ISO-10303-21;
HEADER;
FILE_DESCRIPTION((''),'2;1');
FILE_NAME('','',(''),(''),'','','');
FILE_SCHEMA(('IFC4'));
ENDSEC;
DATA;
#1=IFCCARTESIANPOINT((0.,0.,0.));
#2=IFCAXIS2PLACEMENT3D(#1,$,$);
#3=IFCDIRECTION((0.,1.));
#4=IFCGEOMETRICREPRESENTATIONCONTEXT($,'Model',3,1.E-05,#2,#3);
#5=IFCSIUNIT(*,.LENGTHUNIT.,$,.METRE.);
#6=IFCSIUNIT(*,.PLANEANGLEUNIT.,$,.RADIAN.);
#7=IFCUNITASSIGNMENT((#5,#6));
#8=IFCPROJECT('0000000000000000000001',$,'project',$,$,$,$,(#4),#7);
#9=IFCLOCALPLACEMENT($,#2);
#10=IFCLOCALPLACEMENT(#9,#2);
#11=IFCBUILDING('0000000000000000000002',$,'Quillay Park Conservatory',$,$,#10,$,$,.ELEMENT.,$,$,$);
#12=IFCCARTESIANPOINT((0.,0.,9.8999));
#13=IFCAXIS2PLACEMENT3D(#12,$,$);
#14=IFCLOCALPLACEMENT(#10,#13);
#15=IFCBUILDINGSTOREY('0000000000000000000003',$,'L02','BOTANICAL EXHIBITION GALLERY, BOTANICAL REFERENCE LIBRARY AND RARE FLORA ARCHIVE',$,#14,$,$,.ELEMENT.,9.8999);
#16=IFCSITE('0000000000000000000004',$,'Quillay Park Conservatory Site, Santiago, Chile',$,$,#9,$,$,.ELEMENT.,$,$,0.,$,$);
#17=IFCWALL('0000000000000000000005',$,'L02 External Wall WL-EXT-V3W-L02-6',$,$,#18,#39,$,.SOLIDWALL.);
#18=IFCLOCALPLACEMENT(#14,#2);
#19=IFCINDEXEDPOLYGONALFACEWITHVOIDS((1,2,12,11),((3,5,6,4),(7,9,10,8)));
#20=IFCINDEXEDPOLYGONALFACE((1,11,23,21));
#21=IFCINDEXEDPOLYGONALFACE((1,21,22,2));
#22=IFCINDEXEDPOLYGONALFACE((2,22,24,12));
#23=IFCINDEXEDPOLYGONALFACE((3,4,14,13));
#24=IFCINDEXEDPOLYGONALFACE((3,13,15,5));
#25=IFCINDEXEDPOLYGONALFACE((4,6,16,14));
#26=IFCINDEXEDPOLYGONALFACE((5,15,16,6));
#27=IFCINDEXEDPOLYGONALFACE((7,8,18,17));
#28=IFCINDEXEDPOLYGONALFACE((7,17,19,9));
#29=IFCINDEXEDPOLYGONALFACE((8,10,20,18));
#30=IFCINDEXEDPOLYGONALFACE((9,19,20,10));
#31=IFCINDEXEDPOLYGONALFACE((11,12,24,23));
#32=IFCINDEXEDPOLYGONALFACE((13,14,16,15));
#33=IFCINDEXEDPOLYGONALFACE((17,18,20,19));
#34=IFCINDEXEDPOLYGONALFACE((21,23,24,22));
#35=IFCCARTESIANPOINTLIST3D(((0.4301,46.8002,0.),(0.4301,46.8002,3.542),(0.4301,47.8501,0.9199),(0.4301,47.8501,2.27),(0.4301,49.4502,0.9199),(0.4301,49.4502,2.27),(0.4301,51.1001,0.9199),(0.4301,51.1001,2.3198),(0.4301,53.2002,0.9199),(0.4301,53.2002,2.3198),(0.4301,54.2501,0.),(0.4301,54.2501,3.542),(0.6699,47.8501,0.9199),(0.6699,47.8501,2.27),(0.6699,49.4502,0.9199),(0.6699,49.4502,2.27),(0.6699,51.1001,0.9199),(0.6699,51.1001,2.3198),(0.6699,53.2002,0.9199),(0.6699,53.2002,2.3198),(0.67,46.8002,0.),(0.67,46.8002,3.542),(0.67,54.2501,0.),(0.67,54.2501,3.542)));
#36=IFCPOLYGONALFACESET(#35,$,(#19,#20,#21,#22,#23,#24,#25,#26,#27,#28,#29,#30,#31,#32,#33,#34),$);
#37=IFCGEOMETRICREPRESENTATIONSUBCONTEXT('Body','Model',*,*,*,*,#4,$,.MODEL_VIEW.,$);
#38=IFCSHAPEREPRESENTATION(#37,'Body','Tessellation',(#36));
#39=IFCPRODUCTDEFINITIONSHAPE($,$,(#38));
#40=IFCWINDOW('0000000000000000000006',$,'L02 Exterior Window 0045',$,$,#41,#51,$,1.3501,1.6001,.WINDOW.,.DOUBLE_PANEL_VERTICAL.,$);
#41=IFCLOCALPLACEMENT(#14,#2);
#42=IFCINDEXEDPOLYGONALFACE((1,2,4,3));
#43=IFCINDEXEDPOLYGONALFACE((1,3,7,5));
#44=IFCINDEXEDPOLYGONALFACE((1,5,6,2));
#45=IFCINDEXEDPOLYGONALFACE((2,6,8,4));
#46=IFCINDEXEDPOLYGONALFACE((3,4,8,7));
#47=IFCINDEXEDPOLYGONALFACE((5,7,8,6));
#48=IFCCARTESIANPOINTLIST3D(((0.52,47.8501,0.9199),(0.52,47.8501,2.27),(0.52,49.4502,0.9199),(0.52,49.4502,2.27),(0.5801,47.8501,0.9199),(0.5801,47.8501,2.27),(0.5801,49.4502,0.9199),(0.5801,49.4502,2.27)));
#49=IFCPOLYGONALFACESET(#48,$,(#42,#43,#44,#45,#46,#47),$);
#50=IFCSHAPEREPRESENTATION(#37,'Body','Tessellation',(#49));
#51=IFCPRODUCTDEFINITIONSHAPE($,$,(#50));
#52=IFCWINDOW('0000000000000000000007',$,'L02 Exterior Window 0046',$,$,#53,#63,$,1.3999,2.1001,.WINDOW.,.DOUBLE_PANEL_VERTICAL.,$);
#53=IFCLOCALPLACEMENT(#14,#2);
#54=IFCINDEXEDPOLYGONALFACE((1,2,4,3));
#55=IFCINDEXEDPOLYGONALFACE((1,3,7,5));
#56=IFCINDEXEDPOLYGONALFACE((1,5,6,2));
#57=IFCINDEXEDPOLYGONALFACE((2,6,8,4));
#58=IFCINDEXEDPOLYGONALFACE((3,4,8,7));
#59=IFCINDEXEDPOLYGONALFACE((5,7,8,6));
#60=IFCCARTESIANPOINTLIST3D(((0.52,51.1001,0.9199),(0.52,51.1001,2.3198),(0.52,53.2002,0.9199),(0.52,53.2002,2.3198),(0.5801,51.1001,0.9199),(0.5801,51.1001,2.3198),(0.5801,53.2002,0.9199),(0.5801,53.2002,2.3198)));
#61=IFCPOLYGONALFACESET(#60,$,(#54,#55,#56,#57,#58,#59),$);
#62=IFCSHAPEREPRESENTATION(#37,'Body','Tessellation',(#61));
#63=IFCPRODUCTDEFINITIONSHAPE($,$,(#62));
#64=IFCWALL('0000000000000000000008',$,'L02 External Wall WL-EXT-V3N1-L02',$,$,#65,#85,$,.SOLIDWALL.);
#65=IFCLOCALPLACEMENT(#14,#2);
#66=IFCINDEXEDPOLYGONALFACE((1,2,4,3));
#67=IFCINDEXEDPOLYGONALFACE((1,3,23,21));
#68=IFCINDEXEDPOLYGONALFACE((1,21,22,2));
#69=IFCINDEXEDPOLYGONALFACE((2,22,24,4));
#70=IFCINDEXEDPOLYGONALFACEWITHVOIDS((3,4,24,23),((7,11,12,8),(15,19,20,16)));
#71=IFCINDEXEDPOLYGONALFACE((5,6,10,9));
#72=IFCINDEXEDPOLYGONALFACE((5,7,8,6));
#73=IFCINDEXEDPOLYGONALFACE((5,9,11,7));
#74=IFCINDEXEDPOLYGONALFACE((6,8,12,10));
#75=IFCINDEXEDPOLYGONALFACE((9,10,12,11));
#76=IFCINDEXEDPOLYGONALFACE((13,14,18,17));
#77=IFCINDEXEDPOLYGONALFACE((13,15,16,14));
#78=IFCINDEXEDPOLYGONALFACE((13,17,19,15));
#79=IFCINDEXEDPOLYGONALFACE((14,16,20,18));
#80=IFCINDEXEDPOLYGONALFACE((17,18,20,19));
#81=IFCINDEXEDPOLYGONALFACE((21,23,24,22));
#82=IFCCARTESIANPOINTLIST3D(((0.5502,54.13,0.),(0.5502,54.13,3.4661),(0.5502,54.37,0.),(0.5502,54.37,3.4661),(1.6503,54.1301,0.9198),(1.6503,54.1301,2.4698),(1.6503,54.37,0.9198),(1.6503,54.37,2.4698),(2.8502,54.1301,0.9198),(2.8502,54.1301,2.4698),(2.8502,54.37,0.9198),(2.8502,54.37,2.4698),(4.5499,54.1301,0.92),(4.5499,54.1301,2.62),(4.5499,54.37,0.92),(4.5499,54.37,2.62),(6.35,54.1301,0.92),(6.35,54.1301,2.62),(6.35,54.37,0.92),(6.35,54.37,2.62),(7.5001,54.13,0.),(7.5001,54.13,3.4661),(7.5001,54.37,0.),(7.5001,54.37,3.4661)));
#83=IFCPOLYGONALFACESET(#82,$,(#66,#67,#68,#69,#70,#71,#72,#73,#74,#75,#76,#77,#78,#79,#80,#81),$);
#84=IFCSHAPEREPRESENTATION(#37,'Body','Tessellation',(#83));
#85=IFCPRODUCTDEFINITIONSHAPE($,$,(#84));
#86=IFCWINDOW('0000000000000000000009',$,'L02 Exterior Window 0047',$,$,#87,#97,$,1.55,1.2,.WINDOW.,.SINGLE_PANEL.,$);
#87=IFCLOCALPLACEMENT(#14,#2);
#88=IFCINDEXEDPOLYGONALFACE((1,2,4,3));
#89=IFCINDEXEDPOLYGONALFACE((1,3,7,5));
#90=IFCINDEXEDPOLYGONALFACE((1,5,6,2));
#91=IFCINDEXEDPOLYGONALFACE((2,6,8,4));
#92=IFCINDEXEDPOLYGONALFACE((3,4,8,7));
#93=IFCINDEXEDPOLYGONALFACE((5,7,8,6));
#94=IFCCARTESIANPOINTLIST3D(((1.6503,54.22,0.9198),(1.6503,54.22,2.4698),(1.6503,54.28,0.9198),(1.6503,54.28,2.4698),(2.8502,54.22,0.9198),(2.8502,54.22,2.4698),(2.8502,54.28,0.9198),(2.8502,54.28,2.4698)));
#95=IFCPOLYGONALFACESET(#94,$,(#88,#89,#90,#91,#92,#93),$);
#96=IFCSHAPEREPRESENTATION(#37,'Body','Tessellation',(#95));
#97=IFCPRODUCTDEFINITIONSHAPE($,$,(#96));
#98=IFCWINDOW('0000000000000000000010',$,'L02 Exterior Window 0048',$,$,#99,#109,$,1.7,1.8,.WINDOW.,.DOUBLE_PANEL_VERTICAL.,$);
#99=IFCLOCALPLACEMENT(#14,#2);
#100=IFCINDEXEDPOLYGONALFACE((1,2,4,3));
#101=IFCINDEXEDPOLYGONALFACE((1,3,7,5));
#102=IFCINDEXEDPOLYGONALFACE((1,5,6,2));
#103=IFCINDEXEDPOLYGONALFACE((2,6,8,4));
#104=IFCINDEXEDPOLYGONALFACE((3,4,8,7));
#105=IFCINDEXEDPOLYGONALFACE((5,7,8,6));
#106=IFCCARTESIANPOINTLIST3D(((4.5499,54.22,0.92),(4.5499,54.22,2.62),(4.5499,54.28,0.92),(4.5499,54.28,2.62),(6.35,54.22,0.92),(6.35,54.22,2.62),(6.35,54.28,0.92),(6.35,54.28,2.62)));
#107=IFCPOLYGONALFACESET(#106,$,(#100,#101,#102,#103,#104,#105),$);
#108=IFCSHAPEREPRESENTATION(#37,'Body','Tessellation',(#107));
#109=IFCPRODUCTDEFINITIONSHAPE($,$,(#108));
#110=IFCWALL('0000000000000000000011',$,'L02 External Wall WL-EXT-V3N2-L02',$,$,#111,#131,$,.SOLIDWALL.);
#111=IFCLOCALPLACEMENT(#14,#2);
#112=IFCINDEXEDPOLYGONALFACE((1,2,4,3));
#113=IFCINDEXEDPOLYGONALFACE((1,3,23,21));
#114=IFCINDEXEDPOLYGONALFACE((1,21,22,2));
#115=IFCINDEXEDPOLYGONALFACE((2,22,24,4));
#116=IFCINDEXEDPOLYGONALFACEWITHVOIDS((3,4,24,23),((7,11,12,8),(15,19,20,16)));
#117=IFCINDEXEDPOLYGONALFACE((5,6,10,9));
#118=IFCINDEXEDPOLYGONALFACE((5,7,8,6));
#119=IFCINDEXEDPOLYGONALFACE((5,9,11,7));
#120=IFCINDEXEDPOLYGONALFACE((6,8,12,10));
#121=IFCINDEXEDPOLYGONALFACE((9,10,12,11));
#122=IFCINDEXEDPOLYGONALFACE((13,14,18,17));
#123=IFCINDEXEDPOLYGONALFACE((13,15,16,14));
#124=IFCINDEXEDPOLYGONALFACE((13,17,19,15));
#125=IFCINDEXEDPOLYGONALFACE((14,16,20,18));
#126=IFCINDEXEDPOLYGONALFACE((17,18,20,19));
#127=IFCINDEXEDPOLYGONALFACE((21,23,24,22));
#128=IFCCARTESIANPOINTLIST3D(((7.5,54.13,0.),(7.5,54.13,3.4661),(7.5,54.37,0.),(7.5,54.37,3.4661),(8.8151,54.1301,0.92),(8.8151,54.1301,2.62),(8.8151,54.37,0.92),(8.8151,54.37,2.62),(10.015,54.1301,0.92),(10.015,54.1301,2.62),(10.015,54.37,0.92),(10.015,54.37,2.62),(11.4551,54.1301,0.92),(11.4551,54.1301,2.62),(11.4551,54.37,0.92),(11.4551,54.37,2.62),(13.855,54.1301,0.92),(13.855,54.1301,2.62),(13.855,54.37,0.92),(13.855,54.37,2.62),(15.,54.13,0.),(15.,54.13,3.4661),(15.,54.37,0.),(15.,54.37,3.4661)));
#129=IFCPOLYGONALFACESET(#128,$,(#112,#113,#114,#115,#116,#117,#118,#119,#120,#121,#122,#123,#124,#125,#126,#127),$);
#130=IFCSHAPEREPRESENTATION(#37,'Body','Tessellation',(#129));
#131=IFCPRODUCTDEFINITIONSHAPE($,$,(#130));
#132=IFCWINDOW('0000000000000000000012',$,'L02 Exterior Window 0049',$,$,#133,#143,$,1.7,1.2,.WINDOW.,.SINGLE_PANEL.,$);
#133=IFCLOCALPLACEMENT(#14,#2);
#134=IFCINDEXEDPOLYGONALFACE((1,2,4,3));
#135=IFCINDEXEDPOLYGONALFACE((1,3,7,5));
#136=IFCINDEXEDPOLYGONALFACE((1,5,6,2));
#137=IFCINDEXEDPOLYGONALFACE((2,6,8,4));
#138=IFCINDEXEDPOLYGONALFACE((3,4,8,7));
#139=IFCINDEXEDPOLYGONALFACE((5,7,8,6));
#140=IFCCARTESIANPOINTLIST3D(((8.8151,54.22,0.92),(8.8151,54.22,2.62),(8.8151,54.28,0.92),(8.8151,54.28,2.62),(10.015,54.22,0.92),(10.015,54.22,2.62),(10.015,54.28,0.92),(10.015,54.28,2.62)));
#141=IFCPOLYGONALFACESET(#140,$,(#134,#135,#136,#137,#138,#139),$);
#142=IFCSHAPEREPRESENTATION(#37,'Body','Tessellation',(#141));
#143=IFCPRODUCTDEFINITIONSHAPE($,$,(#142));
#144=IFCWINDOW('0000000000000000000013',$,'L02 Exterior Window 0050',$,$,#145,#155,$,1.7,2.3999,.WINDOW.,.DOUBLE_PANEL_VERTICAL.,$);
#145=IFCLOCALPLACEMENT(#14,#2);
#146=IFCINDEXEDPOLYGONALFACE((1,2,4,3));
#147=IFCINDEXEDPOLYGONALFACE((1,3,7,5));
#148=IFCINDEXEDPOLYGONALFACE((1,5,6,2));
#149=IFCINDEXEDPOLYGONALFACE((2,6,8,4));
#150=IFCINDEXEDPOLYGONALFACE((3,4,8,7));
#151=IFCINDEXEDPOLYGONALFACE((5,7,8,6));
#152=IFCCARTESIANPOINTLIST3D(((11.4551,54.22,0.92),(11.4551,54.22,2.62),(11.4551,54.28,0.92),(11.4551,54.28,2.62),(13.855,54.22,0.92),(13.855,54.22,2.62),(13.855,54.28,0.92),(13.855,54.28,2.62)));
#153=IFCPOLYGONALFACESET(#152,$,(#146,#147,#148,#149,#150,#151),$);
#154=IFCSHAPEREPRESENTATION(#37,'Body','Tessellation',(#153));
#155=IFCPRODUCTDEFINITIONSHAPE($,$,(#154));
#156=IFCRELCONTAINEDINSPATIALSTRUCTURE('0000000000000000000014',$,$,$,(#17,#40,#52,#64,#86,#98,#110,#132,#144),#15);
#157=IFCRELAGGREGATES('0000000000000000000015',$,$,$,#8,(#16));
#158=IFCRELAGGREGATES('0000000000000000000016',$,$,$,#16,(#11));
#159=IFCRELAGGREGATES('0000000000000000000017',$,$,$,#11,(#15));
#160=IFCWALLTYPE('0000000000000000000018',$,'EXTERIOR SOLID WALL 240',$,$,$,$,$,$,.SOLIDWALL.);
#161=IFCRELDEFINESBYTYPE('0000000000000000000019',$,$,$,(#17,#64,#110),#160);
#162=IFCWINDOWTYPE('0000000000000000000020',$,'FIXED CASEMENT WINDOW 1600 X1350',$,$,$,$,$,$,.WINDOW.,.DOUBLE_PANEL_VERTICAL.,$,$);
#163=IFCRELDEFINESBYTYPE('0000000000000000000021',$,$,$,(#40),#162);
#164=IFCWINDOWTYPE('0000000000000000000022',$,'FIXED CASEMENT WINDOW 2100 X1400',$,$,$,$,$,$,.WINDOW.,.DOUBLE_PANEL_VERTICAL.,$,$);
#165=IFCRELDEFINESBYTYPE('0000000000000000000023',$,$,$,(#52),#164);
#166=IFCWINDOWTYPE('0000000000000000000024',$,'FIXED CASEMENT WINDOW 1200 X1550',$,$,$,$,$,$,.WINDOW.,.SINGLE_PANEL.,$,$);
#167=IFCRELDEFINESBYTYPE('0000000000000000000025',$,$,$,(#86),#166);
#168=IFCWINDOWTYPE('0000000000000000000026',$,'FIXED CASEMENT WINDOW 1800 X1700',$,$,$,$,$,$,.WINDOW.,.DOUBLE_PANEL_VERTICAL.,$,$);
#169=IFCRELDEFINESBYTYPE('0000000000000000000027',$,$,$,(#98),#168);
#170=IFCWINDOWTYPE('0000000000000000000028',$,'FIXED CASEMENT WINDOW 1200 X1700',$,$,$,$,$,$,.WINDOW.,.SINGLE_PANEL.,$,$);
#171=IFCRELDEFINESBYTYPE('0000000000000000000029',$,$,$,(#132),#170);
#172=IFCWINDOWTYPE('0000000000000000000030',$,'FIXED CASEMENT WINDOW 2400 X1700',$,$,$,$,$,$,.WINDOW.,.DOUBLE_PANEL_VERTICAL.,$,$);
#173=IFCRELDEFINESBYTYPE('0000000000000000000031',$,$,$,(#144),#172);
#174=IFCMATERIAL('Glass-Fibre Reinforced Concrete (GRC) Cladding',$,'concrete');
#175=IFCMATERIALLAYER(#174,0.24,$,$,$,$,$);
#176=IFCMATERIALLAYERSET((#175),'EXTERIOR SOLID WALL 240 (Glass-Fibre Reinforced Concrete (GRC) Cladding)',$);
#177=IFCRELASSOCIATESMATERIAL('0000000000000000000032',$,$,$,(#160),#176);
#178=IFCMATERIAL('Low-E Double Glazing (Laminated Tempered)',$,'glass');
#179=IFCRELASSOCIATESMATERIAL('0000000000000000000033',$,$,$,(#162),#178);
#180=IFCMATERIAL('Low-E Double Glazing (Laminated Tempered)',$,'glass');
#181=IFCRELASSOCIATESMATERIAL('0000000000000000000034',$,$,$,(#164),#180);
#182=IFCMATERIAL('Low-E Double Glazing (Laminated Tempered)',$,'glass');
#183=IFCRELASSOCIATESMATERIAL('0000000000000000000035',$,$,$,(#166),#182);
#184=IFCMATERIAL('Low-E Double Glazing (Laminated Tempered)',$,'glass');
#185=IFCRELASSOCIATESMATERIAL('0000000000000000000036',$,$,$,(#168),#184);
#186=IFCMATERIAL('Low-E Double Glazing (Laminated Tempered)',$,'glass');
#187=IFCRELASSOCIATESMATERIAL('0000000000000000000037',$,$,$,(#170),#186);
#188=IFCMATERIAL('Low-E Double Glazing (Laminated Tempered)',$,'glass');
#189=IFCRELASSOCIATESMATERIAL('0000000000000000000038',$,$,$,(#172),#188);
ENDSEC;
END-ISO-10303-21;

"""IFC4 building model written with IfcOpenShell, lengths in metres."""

from ifc_helpers import new_model, si_unit, direction, frame, frame_2d, origin, place, context, subcontext, project, spatial, rectangle, extrude, material, layer, layer_set, type_object, element, fill, save


model = new_model("IFC4")

# Units and contexts
model_context = context("Model", 3, precision=1e-05, world=origin(), true_north=direction((0.0, 1.0)))
body_context = subcontext(model_context, "Body", "Model", "MODEL_VIEW")
ifc_project = project(units=[si_unit("LENGTHUNIT", "METRE"), si_unit("PLANEANGLEUNIT", "RADIAN")], contexts=[model_context])

# Site, building, storey
site_placement = place(None, origin())
site = spatial("IfcSite", under=ifc_project, at=site_placement, Name="Quillay Park Conservatory Site, Santiago, Chile", CompositionType="ELEMENT", RefElevation=0.0)
building_placement = place(site_placement, origin())
building = spatial("IfcBuilding", under=site, at=building_placement, Name="Quillay Park Conservatory", CompositionType="ELEMENT")
storey_placement = place(building_placement, frame((0.0, 0.0, 9.8999)))
storey = spatial("IfcBuildingStorey", under=building, at=storey_placement, Name="L02", Description="BOTANICAL EXHIBITION GALLERY, BOTANICAL REFERENCE LIBRARY AND RARE FLORA ARCHIVE", CompositionType="ELEMENT", Elevation=9.8999)

# Walls, openings, windows
ifc_material_1 = material(Name="Glass-Fibre Reinforced Concrete (GRC) Cladding", Category="concrete")
ifc_layer = layer(ifc_material_1, 0.24)
ifc_layer_set = layer_set([ifc_layer], Name="EXTERIOR SOLID WALL 240 (Glass-Fibre Reinforced Concrete (GRC) Cladding)")
wall_type = type_object("IfcWallType", Name="EXTERIOR SOLID WALL 240", PredefinedType="SOLIDWALL", material=ifc_layer_set)
wall_1_placement = place(storey_placement, frame((0.55, 46.8, 0.0), z_axis=(0.0, 0.0, 1.0), x_axis=(0.0, 1.0, 0.0)))
wall_1 = element("IfcWall", 1, at=wall_1_placement, inside=storey, type_object=wall_type, Name="L02 External Wall WL-EXT-V3W-L02-6", PredefinedType="SOLIDWALL", context=body_context, shape_type="SweptSolid", body=[
    extrude(rectangle(XDim=7.45, YDim=0.24, at=frame_2d((3.7251, 0.0))), origin(), (0.0, 0.0, 1.0), 3.542),
])
opening_1_placement = place(wall_1_placement, frame((1.05, 0.0, 0.9199)))
opening_1 = element("IfcOpeningElement", 2, at=opening_1_placement, cuts=wall_1, PredefinedType="OPENING", context=body_context, shape_type="SweptSolid", body=[
    extrude(rectangle(XDim=1.6001, YDim=1.3501, at=frame_2d((0.8, 0.675))), frame((0.0, 0.1201, 0.0), z_axis=(0.0, -1.0, 0.0), x_axis=(1.0, 0.0, 0.0)), (0.0, 0.0, 1.0), 0.24),
])
opening_2_placement = place(wall_1_placement, frame((4.3, 0.0, 0.9199)))
opening_2 = element("IfcOpeningElement", 3, at=opening_2_placement, cuts=wall_1, PredefinedType="OPENING", context=body_context, shape_type="SweptSolid", body=[
    extrude(rectangle(XDim=2.1001, YDim=1.3999, at=frame_2d((1.05, 0.7))), frame((0.0, 0.1201, 0.0), z_axis=(0.0, -1.0, 0.0), x_axis=(1.0, 0.0, 0.0)), (0.0, 0.0, 1.0), 0.24),
])
ifc_material_2 = material(Name="Low-E Double Glazing (Laminated Tempered)", Category="glass")
window_type_1 = type_object("IfcWindowType", Name="FIXED CASEMENT WINDOW 1600 X1350", PartitioningType="DOUBLE_PANEL_VERTICAL", PredefinedType="WINDOW", material=ifc_material_2)
window_1_placement = place(opening_1_placement, origin())
window_1 = element("IfcWindow", 4, at=window_1_placement, inside=storey, type_object=window_type_1, Name="L02 Exterior Window 0045", OverallHeight=1.3501, OverallWidth=1.6001, PartitioningType="DOUBLE_PANEL_VERTICAL", PredefinedType="WINDOW", context=body_context, shape_type="SweptSolid", body=[
    extrude(rectangle(XDim=1.6001, YDim=1.3501, at=frame_2d((0.8, 0.675))), frame((0.0, 0.03, 0.0), z_axis=(0.0, -1.0, 0.0), x_axis=(1.0, 0.0, 0.0)), (0.0, 0.0, 1.0), 0.0601),
])
fill(opening_1, window_1)
ifc_material_3 = material(Name="Low-E Double Glazing (Laminated Tempered)", Category="glass")
window_type_2 = type_object("IfcWindowType", Name="FIXED CASEMENT WINDOW 2100 X1400", PartitioningType="DOUBLE_PANEL_VERTICAL", PredefinedType="WINDOW", material=ifc_material_3)
window_2_placement = place(opening_2_placement, origin())
window_2 = element("IfcWindow", 5, at=window_2_placement, inside=storey, type_object=window_type_2, Name="L02 Exterior Window 0046", OverallHeight=1.3999, OverallWidth=2.1001, PartitioningType="DOUBLE_PANEL_VERTICAL", PredefinedType="WINDOW", context=body_context, shape_type="SweptSolid", body=[
    extrude(rectangle(XDim=2.1001, YDim=1.3999, at=frame_2d((1.05, 0.7))), frame((0.0, 0.03, 0.0), z_axis=(0.0, -1.0, 0.0), x_axis=(1.0, 0.0, 0.0)), (0.0, 0.0, 1.0), 0.0601),
])
fill(opening_2, window_2)
wall_2_placement = place(storey_placement, frame((0.55, 54.25, 0.0), z_axis=(0.0, 0.0, 1.0), x_axis=(1.0, 0.0, 0.0)))
wall_2 = element("IfcWall", 6, at=wall_2_placement, inside=storey, type_object=wall_type, Name="L02 External Wall WL-EXT-V3N1-L02", PredefinedType="SOLIDWALL", context=body_context, shape_type="SweptSolid", body=[
    extrude(rectangle(XDim=6.95, YDim=0.24, at=frame_2d((3.4751, 0.0))), origin(), (0.0, 0.0, 1.0), 3.4661),
])
opening_3_placement = place(wall_2_placement, frame((1.1001, 0.0, 0.9199)))
opening_3 = element("IfcOpeningElement", 7, at=opening_3_placement, cuts=wall_2, PredefinedType="OPENING", context=body_context, shape_type="SweptSolid", body=[
    extrude(rectangle(XDim=1.2, YDim=1.55, at=frame_2d((0.6001, 0.7749))), frame((0.0, 0.1201, 0.0), z_axis=(0.0, -1.0, 0.0), x_axis=(1.0, 0.0, 0.0)), (0.0, 0.0, 1.0), 0.24),
])
opening_4_placement = place(wall_2_placement, frame((4.0, 0.0, 0.9199)))
opening_4 = element("IfcOpeningElement", 8, at=opening_4_placement, cuts=wall_2, PredefinedType="OPENING", context=body_context, shape_type="SweptSolid", body=[
    extrude(rectangle(XDim=1.8, YDim=1.7, at=frame_2d((0.8999, 0.8501))), frame((0.0, 0.1201, 0.0), z_axis=(0.0, -1.0, 0.0), x_axis=(1.0, 0.0, 0.0)), (0.0, 0.0, 1.0), 0.24),
])
ifc_material_4 = material(Name="Low-E Double Glazing (Laminated Tempered)", Category="glass")
window_type_3 = type_object("IfcWindowType", Name="FIXED CASEMENT WINDOW 1200 X1550", PartitioningType="SINGLE_PANEL", PredefinedType="WINDOW", material=ifc_material_4)
window_3_placement = place(opening_3_placement, origin())
window_3 = element("IfcWindow", 9, at=window_3_placement, inside=storey, type_object=window_type_3, Name="L02 Exterior Window 0047", OverallHeight=1.55, OverallWidth=1.2, PartitioningType="SINGLE_PANEL", PredefinedType="WINDOW", context=body_context, shape_type="SweptSolid", body=[
    extrude(rectangle(XDim=1.2, YDim=1.55, at=frame_2d((0.6001, 0.7749))), frame((0.0, 0.03, 0.0), z_axis=(0.0, -1.0, 0.0), x_axis=(1.0, 0.0, 0.0)), (0.0, 0.0, 1.0), 0.0601),
])
fill(opening_3, window_3)
ifc_material_5 = material(Name="Low-E Double Glazing (Laminated Tempered)", Category="glass")
window_type_4 = type_object("IfcWindowType", Name="FIXED CASEMENT WINDOW 1800 X1700", PartitioningType="DOUBLE_PANEL_VERTICAL", PredefinedType="WINDOW", material=ifc_material_5)
window_4_placement = place(opening_4_placement, origin())
window_4 = element("IfcWindow", 10, at=window_4_placement, inside=storey, type_object=window_type_4, Name="L02 Exterior Window 0048", OverallHeight=1.7, OverallWidth=1.8, PartitioningType="DOUBLE_PANEL_VERTICAL", PredefinedType="WINDOW", context=body_context, shape_type="SweptSolid", body=[
    extrude(rectangle(XDim=1.8, YDim=1.7, at=frame_2d((0.8999, 0.8501))), frame((0.0, 0.03, 0.0), z_axis=(0.0, -1.0, 0.0), x_axis=(1.0, 0.0, 0.0)), (0.0, 0.0, 1.0), 0.0601),
])
fill(opening_4, window_4)
wall_3_placement = place(storey_placement, frame((7.5, 54.25, 0.0), z_axis=(0.0, 0.0, 1.0), x_axis=(1.0, 0.0, 0.0)))
wall_3 = element("IfcWall", 11, at=wall_3_placement, inside=storey, type_object=wall_type, Name="L02 External Wall WL-EXT-V3N2-L02", PredefinedType="SOLIDWALL", context=body_context, shape_type="SweptSolid", body=[
    extrude(rectangle(XDim=7.5, YDim=0.24, at=frame_2d((3.75, 0.0))), origin(), (0.0, 0.0, 1.0), 3.4661),
])
opening_5_placement = place(wall_3_placement, frame((1.3149, 0.0, 0.9199)))
opening_5 = element("IfcOpeningElement", 12, at=opening_5_placement, cuts=wall_3, PredefinedType="OPENING", context=body_context, shape_type="SweptSolid", body=[
    extrude(rectangle(XDim=1.2, YDim=1.7, at=frame_2d((0.6001, 0.8501))), frame((0.0, 0.1201, 0.0), z_axis=(0.0, -1.0, 0.0), x_axis=(1.0, 0.0, 0.0)), (0.0, 0.0, 1.0), 0.24),
])
opening_6_placement = place(wall_3_placement, frame((3.9551, 0.0, 0.9199)))
opening_6 = element("IfcOpeningElement", 13, at=opening_6_placement, cuts=wall_3, PredefinedType="OPENING", context=body_context, shape_type="SweptSolid", body=[
    extrude(rectangle(XDim=2.3999, YDim=1.7, at=frame_2d((1.2, 0.8501))), frame((0.0, 0.1201, 0.0), z_axis=(0.0, -1.0, 0.0), x_axis=(1.0, 0.0, 0.0)), (0.0, 0.0, 1.0), 0.24),
])
ifc_material_6 = material(Name="Low-E Double Glazing (Laminated Tempered)", Category="glass")
window_type_5 = type_object("IfcWindowType", Name="FIXED CASEMENT WINDOW 1200 X1700", PartitioningType="SINGLE_PANEL", PredefinedType="WINDOW", material=ifc_material_6)
window_5_placement = place(opening_5_placement, origin())
window_5 = element("IfcWindow", 14, at=window_5_placement, inside=storey, type_object=window_type_5, Name="L02 Exterior Window 0049", OverallHeight=1.7, OverallWidth=1.2, PartitioningType="SINGLE_PANEL", PredefinedType="WINDOW", context=body_context, shape_type="SweptSolid", body=[
    extrude(rectangle(XDim=1.2, YDim=1.7, at=frame_2d((0.6001, 0.8501))), frame((0.0, 0.03, 0.0), z_axis=(0.0, -1.0, 0.0), x_axis=(1.0, 0.0, 0.0)), (0.0, 0.0, 1.0), 0.0601),
])
fill(opening_5, window_5)
ifc_material_7 = material(Name="Low-E Double Glazing (Laminated Tempered)", Category="glass")
window_type_6 = type_object("IfcWindowType", Name="FIXED CASEMENT WINDOW 2400 X1700", PartitioningType="DOUBLE_PANEL_VERTICAL", PredefinedType="WINDOW", material=ifc_material_7)
window_6_placement = place(opening_6_placement, origin())
window_6 = element("IfcWindow", 15, at=window_6_placement, inside=storey, type_object=window_type_6, Name="L02 Exterior Window 0050", OverallHeight=1.7, OverallWidth=2.3999, PartitioningType="DOUBLE_PANEL_VERTICAL", PredefinedType="WINDOW", context=body_context, shape_type="SweptSolid", body=[
    extrude(rectangle(XDim=2.3999, YDim=1.7, at=frame_2d((1.2, 0.8501))), frame((0.0, 0.03, 0.0), z_axis=(0.0, -1.0, 0.0), x_axis=(1.0, 0.0, 0.0)), (0.0, 0.0, 1.0), 0.0601),
])
fill(opening_6, window_6)

save(model, "model.ifc")
